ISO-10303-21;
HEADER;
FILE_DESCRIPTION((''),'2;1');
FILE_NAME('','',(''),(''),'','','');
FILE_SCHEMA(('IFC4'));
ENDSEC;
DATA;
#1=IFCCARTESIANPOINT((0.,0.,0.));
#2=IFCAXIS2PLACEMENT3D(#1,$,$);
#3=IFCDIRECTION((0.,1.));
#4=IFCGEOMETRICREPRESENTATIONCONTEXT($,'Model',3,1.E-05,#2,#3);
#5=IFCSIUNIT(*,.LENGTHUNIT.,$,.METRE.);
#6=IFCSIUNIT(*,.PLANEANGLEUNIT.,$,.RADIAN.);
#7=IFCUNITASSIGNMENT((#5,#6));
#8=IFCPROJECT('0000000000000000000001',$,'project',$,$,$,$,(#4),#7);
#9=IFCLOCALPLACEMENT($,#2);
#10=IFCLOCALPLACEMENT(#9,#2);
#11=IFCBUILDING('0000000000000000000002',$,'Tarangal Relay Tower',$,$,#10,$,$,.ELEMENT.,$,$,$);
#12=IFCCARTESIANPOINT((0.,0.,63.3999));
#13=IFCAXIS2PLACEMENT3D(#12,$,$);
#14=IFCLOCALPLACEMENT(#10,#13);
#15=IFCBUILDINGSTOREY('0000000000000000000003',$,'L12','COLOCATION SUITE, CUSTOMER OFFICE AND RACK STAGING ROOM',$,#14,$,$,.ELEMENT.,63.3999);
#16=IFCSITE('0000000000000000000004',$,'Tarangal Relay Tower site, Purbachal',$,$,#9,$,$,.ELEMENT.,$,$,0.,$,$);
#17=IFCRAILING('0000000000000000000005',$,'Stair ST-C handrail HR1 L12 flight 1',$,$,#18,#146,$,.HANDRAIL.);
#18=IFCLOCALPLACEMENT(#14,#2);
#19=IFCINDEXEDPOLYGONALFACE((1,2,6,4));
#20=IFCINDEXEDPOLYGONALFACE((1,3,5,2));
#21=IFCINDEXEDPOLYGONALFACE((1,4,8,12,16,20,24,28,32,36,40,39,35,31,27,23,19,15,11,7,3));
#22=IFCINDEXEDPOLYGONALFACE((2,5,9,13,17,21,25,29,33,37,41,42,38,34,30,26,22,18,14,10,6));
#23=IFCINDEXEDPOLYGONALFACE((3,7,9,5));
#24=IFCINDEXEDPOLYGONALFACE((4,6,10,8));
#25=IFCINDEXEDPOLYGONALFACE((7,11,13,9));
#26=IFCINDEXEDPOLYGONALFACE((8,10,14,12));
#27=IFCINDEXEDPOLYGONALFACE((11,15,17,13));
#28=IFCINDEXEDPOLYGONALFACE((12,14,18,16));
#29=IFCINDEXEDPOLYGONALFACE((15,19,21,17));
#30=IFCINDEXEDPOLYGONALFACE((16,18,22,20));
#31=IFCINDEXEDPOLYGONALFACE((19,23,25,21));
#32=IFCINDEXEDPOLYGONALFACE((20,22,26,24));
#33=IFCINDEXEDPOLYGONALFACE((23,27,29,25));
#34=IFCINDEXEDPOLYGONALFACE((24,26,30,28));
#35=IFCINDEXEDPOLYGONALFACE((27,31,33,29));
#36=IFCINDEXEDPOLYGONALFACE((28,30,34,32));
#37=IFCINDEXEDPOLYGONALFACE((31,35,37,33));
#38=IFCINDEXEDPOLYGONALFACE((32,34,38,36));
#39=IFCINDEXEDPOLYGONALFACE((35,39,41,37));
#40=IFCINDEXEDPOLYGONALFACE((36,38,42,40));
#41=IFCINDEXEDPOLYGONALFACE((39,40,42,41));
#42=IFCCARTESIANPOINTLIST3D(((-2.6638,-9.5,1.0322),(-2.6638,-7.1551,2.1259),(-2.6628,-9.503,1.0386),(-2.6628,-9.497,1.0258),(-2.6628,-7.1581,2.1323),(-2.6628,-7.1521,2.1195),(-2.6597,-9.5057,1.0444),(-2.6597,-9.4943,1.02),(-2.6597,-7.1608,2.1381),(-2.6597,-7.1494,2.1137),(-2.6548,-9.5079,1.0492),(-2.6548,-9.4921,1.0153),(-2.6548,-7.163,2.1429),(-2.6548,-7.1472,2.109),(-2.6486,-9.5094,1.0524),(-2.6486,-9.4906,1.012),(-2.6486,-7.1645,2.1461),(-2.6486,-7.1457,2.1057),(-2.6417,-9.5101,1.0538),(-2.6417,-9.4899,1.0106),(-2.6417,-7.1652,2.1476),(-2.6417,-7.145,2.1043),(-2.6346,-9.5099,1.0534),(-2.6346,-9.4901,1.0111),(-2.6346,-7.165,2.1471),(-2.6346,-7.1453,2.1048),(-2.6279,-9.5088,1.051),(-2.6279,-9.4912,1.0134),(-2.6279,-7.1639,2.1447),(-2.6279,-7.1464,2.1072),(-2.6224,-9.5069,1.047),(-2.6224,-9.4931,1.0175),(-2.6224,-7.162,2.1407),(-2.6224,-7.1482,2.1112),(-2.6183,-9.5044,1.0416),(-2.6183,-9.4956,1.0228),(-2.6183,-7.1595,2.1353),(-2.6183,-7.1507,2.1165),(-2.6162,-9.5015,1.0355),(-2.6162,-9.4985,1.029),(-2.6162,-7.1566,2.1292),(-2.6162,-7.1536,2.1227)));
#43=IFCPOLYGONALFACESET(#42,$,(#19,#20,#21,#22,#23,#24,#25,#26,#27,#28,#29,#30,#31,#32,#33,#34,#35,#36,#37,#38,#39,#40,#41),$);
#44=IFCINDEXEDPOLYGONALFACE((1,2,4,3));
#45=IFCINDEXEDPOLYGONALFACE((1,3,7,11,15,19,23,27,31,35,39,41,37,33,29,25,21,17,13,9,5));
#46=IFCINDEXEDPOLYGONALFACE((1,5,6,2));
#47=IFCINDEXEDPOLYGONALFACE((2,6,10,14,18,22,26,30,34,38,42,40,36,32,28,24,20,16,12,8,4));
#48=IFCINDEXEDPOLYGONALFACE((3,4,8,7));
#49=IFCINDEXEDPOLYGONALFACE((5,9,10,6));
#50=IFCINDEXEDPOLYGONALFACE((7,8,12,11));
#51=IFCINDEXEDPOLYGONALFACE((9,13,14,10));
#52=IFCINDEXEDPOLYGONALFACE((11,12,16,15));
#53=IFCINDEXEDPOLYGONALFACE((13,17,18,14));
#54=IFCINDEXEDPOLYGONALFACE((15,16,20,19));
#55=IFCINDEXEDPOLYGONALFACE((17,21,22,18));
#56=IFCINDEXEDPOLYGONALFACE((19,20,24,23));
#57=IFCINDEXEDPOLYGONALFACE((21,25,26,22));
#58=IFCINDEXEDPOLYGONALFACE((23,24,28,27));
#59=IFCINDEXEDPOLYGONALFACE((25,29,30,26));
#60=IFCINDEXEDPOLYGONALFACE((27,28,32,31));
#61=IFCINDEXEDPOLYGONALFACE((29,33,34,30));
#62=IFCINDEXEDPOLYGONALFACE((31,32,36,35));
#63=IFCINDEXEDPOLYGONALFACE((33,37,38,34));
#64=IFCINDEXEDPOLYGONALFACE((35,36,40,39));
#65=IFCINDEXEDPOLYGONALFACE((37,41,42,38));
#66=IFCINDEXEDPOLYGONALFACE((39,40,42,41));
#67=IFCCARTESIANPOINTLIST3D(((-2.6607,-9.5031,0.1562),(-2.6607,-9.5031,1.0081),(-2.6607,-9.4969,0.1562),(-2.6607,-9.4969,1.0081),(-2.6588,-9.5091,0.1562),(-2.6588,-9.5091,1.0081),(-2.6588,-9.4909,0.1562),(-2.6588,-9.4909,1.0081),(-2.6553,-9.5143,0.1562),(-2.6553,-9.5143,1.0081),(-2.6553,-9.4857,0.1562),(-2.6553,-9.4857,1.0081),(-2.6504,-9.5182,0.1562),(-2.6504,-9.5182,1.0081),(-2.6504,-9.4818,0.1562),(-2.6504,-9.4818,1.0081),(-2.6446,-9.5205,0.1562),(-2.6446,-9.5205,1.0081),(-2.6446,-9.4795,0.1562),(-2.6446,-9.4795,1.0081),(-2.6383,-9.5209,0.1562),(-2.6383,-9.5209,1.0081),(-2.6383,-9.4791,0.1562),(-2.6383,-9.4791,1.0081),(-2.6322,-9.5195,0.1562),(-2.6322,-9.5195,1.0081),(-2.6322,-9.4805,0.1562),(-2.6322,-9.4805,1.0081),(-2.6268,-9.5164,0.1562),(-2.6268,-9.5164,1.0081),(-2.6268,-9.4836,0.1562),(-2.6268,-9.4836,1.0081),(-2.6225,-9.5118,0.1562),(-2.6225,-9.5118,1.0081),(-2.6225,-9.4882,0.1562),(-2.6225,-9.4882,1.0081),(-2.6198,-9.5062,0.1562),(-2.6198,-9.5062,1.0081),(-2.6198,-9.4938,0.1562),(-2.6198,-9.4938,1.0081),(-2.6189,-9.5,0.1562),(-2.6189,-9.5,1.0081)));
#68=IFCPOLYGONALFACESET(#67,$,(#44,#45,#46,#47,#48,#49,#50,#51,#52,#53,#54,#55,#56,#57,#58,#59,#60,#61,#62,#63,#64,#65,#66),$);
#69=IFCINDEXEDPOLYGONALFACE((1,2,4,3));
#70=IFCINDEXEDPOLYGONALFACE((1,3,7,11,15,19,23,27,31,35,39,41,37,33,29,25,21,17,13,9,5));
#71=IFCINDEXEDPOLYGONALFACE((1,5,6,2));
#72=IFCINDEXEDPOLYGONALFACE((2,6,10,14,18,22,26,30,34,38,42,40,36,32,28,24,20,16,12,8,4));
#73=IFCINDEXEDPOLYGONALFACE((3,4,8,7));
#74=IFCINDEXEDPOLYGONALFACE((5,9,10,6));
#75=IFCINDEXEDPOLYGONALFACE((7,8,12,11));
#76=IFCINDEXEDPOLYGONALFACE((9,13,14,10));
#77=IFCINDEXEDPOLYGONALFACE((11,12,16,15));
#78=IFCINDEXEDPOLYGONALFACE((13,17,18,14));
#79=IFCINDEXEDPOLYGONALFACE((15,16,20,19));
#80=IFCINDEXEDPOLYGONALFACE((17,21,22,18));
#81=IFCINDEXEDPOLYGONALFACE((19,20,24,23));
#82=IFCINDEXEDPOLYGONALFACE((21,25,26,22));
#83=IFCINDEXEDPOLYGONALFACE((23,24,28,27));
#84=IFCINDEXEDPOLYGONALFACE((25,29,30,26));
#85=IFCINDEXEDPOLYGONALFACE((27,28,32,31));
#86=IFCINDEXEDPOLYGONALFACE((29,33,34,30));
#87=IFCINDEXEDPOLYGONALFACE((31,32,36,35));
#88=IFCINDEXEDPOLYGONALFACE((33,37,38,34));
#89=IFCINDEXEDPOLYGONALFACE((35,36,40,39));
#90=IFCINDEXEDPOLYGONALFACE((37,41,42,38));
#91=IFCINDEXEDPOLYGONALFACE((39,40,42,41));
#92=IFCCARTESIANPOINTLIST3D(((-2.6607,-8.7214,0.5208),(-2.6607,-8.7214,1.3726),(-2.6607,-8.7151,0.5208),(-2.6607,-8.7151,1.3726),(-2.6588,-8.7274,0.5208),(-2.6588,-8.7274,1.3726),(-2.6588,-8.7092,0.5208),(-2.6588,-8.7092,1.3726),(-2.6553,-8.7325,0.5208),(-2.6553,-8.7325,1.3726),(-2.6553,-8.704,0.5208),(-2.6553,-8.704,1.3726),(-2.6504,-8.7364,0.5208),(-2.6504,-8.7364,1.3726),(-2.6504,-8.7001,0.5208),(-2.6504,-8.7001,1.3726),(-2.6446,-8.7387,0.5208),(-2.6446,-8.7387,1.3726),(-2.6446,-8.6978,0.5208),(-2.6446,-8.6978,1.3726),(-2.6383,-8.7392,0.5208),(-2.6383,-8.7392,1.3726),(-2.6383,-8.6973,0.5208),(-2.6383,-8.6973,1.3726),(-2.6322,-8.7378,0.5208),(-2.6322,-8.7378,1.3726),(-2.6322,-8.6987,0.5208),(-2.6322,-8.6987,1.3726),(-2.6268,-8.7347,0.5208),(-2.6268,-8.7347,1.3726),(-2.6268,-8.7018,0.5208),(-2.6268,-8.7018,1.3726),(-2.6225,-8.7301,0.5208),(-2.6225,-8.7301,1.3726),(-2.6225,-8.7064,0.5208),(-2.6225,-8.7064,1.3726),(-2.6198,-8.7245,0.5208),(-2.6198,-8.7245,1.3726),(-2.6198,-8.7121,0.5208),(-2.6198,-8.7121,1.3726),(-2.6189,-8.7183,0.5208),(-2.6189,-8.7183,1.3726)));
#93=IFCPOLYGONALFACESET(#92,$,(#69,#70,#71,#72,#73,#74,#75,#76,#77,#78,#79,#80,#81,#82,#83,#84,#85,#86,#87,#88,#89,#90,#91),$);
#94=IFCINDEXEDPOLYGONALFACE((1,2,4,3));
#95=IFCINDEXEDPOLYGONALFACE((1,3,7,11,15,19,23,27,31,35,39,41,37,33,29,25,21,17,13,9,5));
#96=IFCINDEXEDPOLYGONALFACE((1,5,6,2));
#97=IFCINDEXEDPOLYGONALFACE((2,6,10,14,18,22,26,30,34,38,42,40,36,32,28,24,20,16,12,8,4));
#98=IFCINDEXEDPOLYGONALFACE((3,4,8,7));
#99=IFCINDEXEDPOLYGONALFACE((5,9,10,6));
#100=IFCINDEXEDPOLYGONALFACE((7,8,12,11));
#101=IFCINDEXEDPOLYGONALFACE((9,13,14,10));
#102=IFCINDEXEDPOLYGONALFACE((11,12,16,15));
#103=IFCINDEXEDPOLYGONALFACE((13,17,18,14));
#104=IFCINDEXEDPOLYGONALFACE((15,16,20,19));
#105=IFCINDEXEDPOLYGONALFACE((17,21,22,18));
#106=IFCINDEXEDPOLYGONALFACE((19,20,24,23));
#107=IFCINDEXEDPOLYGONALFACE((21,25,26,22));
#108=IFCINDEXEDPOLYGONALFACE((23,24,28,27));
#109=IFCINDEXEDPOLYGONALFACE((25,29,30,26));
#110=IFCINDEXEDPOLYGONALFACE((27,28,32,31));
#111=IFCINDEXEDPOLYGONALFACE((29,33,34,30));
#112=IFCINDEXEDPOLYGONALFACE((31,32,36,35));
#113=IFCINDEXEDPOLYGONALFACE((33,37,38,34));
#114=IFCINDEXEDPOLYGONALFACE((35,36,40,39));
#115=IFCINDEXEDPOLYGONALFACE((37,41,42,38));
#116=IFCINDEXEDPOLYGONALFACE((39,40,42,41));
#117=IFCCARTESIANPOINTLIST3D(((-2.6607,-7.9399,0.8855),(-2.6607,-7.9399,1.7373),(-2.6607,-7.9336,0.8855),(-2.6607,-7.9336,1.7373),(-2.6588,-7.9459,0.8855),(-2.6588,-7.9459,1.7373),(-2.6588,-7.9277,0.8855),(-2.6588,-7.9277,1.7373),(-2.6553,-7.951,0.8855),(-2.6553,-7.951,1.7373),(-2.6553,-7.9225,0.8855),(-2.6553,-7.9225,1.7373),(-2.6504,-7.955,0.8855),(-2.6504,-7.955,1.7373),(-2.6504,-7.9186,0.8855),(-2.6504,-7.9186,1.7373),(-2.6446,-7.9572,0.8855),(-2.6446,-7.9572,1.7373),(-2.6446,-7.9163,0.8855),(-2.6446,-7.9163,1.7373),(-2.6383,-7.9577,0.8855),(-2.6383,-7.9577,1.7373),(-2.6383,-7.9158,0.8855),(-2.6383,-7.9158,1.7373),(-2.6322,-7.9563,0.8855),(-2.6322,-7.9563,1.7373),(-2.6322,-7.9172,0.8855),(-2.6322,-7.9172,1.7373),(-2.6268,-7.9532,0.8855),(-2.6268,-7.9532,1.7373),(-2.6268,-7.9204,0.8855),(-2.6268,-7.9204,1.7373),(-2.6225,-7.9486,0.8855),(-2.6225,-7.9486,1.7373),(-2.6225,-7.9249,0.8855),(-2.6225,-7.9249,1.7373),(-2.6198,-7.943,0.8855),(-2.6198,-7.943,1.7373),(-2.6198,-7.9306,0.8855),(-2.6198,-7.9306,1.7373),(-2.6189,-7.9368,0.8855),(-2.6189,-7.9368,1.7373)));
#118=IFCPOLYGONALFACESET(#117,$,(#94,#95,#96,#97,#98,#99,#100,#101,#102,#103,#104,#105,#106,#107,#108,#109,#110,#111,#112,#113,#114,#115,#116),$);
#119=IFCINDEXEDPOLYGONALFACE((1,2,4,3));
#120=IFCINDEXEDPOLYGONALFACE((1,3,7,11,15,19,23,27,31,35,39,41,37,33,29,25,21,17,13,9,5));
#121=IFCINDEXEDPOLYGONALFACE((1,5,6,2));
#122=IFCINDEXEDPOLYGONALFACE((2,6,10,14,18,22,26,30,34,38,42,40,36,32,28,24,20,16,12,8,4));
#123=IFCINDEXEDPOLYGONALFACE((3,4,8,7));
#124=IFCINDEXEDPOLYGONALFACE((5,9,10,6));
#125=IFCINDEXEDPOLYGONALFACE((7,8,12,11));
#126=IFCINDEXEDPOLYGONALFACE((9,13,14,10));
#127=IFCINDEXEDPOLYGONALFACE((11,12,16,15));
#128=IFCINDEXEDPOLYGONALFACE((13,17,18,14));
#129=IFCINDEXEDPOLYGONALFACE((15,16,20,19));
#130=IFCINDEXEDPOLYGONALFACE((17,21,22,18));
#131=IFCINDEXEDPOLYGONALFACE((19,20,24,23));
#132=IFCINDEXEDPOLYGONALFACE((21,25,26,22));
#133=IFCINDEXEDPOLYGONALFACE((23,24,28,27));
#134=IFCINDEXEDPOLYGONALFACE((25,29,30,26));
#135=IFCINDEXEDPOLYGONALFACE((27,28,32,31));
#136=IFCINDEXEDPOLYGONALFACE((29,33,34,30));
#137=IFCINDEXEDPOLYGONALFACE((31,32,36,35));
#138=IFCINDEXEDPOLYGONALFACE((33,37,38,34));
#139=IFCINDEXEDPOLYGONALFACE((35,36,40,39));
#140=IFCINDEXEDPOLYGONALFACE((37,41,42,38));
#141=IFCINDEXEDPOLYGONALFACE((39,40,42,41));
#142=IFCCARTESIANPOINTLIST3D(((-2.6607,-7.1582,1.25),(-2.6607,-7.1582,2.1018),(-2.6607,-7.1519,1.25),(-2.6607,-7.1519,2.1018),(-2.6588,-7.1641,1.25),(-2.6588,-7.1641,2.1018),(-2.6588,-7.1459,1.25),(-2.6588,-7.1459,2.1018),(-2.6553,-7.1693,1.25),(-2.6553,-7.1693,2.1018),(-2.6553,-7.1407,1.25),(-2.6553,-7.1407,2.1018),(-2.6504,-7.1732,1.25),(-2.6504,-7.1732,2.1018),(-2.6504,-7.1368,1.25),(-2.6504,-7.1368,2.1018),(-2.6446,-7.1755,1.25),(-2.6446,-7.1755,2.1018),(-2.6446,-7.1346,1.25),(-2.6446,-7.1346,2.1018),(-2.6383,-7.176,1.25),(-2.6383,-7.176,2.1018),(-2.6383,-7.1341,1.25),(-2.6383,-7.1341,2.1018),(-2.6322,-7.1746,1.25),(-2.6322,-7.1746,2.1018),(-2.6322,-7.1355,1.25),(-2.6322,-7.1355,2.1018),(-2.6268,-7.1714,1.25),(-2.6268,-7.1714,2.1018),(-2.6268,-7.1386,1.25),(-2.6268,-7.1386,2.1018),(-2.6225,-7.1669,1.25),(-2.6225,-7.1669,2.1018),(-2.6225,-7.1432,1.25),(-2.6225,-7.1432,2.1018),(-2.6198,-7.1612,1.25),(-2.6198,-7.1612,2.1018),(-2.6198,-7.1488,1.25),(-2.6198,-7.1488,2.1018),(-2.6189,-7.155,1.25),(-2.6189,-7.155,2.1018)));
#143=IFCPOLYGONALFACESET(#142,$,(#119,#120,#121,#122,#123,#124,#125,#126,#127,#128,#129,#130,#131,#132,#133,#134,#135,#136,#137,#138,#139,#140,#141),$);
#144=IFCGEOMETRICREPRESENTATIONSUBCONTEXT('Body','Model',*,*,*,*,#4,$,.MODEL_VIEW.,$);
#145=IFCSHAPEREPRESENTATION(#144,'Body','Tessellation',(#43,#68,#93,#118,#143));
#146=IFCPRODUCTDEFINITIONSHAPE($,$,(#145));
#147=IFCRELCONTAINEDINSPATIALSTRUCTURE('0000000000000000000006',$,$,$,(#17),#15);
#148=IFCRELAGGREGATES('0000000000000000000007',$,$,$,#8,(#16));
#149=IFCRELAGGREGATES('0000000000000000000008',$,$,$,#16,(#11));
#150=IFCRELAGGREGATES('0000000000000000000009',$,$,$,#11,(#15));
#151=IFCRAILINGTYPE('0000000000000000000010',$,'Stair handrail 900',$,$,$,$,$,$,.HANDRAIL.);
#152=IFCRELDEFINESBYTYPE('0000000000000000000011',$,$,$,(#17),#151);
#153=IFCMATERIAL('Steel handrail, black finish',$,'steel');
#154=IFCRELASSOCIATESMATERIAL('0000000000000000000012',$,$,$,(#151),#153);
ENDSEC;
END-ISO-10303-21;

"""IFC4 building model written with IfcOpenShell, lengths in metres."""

from ifc_helpers import new_model, si_unit, direction, frame, origin, origin_2d, place, context, subcontext, project, spatial, circle, extrude, material, type_object, element, save


model = new_model("IFC4")

# Units and contexts
model_context = context("Model", 3, precision=1e-05, world=origin(), true_north=direction((0.0, 1.0)))
body_context = subcontext(model_context, "Body", "Model", "MODEL_VIEW")
ifc_project = project(units=[si_unit("LENGTHUNIT", "METRE"), si_unit("PLANEANGLEUNIT", "RADIAN")], contexts=[model_context])

# Site, building, storey
site_placement = place(None, origin())
site = spatial("IfcSite", under=ifc_project, at=site_placement, Name="Tarangal Relay Tower site, Purbachal", CompositionType="ELEMENT", RefElevation=0.0)
building_placement = place(site_placement, origin())
building = spatial("IfcBuilding", under=site, at=building_placement, Name="Tarangal Relay Tower", CompositionType="ELEMENT")
storey_placement = place(building_placement, frame((0.0, 0.0, 63.3999)))
storey = spatial("IfcBuildingStorey", under=building, at=storey_placement, Name="L12", Description="COLOCATION SUITE, CUSTOMER OFFICE AND RACK STAGING ROOM", CompositionType="ELEMENT", Elevation=63.3999)

# Railing
ifc_material_1 = material(Name="Steel handrail, black finish", Category="steel")
railing_type_1 = type_object("IfcRailingType", Name="Stair handrail 900", PredefinedType="HANDRAIL", material=ifc_material_1)
railing_1_placement = place(storey_placement, frame((-2.6399, -9.5, 0.1562)))
element("IfcRailing", 1, at=railing_1_placement, inside=storey, type_object=railing_type_1, Name="Stair ST-C handrail HR1 L12 flight 1", PredefinedType="HANDRAIL", context=body_context, shape_type="SweptSolid", body=[
    extrude(circle(Radius=0.0239, at=origin_2d()), frame((0.0, 0.0, 0.876), z_axis=(0.0, 0.906267, 0.422705), x_axis=(-1.0, 0.0, 0.0)), (0.0, 0.0, 1.0), 2.5874),
    extrude(circle(Radius=0.021, at=origin_2d()), origin(), (0.0, 0.0, 1.0), 0.8518),
    extrude(circle(Radius=0.021, at=origin_2d()), frame((0.0, 0.7817, 0.3645)), (0.0, 0.0, 1.0), 0.8518),
    extrude(circle(Radius=0.021, at=origin_2d()), frame((0.0, 1.5632, 0.7292)), (0.0, 0.0, 1.0), 0.8518),
    extrude(circle(Radius=0.021, at=origin_2d()), frame((0.0, 2.345, 1.0938)), (0.0, 0.0, 1.0), 0.8518),
])

save(model, "model.ifc")
